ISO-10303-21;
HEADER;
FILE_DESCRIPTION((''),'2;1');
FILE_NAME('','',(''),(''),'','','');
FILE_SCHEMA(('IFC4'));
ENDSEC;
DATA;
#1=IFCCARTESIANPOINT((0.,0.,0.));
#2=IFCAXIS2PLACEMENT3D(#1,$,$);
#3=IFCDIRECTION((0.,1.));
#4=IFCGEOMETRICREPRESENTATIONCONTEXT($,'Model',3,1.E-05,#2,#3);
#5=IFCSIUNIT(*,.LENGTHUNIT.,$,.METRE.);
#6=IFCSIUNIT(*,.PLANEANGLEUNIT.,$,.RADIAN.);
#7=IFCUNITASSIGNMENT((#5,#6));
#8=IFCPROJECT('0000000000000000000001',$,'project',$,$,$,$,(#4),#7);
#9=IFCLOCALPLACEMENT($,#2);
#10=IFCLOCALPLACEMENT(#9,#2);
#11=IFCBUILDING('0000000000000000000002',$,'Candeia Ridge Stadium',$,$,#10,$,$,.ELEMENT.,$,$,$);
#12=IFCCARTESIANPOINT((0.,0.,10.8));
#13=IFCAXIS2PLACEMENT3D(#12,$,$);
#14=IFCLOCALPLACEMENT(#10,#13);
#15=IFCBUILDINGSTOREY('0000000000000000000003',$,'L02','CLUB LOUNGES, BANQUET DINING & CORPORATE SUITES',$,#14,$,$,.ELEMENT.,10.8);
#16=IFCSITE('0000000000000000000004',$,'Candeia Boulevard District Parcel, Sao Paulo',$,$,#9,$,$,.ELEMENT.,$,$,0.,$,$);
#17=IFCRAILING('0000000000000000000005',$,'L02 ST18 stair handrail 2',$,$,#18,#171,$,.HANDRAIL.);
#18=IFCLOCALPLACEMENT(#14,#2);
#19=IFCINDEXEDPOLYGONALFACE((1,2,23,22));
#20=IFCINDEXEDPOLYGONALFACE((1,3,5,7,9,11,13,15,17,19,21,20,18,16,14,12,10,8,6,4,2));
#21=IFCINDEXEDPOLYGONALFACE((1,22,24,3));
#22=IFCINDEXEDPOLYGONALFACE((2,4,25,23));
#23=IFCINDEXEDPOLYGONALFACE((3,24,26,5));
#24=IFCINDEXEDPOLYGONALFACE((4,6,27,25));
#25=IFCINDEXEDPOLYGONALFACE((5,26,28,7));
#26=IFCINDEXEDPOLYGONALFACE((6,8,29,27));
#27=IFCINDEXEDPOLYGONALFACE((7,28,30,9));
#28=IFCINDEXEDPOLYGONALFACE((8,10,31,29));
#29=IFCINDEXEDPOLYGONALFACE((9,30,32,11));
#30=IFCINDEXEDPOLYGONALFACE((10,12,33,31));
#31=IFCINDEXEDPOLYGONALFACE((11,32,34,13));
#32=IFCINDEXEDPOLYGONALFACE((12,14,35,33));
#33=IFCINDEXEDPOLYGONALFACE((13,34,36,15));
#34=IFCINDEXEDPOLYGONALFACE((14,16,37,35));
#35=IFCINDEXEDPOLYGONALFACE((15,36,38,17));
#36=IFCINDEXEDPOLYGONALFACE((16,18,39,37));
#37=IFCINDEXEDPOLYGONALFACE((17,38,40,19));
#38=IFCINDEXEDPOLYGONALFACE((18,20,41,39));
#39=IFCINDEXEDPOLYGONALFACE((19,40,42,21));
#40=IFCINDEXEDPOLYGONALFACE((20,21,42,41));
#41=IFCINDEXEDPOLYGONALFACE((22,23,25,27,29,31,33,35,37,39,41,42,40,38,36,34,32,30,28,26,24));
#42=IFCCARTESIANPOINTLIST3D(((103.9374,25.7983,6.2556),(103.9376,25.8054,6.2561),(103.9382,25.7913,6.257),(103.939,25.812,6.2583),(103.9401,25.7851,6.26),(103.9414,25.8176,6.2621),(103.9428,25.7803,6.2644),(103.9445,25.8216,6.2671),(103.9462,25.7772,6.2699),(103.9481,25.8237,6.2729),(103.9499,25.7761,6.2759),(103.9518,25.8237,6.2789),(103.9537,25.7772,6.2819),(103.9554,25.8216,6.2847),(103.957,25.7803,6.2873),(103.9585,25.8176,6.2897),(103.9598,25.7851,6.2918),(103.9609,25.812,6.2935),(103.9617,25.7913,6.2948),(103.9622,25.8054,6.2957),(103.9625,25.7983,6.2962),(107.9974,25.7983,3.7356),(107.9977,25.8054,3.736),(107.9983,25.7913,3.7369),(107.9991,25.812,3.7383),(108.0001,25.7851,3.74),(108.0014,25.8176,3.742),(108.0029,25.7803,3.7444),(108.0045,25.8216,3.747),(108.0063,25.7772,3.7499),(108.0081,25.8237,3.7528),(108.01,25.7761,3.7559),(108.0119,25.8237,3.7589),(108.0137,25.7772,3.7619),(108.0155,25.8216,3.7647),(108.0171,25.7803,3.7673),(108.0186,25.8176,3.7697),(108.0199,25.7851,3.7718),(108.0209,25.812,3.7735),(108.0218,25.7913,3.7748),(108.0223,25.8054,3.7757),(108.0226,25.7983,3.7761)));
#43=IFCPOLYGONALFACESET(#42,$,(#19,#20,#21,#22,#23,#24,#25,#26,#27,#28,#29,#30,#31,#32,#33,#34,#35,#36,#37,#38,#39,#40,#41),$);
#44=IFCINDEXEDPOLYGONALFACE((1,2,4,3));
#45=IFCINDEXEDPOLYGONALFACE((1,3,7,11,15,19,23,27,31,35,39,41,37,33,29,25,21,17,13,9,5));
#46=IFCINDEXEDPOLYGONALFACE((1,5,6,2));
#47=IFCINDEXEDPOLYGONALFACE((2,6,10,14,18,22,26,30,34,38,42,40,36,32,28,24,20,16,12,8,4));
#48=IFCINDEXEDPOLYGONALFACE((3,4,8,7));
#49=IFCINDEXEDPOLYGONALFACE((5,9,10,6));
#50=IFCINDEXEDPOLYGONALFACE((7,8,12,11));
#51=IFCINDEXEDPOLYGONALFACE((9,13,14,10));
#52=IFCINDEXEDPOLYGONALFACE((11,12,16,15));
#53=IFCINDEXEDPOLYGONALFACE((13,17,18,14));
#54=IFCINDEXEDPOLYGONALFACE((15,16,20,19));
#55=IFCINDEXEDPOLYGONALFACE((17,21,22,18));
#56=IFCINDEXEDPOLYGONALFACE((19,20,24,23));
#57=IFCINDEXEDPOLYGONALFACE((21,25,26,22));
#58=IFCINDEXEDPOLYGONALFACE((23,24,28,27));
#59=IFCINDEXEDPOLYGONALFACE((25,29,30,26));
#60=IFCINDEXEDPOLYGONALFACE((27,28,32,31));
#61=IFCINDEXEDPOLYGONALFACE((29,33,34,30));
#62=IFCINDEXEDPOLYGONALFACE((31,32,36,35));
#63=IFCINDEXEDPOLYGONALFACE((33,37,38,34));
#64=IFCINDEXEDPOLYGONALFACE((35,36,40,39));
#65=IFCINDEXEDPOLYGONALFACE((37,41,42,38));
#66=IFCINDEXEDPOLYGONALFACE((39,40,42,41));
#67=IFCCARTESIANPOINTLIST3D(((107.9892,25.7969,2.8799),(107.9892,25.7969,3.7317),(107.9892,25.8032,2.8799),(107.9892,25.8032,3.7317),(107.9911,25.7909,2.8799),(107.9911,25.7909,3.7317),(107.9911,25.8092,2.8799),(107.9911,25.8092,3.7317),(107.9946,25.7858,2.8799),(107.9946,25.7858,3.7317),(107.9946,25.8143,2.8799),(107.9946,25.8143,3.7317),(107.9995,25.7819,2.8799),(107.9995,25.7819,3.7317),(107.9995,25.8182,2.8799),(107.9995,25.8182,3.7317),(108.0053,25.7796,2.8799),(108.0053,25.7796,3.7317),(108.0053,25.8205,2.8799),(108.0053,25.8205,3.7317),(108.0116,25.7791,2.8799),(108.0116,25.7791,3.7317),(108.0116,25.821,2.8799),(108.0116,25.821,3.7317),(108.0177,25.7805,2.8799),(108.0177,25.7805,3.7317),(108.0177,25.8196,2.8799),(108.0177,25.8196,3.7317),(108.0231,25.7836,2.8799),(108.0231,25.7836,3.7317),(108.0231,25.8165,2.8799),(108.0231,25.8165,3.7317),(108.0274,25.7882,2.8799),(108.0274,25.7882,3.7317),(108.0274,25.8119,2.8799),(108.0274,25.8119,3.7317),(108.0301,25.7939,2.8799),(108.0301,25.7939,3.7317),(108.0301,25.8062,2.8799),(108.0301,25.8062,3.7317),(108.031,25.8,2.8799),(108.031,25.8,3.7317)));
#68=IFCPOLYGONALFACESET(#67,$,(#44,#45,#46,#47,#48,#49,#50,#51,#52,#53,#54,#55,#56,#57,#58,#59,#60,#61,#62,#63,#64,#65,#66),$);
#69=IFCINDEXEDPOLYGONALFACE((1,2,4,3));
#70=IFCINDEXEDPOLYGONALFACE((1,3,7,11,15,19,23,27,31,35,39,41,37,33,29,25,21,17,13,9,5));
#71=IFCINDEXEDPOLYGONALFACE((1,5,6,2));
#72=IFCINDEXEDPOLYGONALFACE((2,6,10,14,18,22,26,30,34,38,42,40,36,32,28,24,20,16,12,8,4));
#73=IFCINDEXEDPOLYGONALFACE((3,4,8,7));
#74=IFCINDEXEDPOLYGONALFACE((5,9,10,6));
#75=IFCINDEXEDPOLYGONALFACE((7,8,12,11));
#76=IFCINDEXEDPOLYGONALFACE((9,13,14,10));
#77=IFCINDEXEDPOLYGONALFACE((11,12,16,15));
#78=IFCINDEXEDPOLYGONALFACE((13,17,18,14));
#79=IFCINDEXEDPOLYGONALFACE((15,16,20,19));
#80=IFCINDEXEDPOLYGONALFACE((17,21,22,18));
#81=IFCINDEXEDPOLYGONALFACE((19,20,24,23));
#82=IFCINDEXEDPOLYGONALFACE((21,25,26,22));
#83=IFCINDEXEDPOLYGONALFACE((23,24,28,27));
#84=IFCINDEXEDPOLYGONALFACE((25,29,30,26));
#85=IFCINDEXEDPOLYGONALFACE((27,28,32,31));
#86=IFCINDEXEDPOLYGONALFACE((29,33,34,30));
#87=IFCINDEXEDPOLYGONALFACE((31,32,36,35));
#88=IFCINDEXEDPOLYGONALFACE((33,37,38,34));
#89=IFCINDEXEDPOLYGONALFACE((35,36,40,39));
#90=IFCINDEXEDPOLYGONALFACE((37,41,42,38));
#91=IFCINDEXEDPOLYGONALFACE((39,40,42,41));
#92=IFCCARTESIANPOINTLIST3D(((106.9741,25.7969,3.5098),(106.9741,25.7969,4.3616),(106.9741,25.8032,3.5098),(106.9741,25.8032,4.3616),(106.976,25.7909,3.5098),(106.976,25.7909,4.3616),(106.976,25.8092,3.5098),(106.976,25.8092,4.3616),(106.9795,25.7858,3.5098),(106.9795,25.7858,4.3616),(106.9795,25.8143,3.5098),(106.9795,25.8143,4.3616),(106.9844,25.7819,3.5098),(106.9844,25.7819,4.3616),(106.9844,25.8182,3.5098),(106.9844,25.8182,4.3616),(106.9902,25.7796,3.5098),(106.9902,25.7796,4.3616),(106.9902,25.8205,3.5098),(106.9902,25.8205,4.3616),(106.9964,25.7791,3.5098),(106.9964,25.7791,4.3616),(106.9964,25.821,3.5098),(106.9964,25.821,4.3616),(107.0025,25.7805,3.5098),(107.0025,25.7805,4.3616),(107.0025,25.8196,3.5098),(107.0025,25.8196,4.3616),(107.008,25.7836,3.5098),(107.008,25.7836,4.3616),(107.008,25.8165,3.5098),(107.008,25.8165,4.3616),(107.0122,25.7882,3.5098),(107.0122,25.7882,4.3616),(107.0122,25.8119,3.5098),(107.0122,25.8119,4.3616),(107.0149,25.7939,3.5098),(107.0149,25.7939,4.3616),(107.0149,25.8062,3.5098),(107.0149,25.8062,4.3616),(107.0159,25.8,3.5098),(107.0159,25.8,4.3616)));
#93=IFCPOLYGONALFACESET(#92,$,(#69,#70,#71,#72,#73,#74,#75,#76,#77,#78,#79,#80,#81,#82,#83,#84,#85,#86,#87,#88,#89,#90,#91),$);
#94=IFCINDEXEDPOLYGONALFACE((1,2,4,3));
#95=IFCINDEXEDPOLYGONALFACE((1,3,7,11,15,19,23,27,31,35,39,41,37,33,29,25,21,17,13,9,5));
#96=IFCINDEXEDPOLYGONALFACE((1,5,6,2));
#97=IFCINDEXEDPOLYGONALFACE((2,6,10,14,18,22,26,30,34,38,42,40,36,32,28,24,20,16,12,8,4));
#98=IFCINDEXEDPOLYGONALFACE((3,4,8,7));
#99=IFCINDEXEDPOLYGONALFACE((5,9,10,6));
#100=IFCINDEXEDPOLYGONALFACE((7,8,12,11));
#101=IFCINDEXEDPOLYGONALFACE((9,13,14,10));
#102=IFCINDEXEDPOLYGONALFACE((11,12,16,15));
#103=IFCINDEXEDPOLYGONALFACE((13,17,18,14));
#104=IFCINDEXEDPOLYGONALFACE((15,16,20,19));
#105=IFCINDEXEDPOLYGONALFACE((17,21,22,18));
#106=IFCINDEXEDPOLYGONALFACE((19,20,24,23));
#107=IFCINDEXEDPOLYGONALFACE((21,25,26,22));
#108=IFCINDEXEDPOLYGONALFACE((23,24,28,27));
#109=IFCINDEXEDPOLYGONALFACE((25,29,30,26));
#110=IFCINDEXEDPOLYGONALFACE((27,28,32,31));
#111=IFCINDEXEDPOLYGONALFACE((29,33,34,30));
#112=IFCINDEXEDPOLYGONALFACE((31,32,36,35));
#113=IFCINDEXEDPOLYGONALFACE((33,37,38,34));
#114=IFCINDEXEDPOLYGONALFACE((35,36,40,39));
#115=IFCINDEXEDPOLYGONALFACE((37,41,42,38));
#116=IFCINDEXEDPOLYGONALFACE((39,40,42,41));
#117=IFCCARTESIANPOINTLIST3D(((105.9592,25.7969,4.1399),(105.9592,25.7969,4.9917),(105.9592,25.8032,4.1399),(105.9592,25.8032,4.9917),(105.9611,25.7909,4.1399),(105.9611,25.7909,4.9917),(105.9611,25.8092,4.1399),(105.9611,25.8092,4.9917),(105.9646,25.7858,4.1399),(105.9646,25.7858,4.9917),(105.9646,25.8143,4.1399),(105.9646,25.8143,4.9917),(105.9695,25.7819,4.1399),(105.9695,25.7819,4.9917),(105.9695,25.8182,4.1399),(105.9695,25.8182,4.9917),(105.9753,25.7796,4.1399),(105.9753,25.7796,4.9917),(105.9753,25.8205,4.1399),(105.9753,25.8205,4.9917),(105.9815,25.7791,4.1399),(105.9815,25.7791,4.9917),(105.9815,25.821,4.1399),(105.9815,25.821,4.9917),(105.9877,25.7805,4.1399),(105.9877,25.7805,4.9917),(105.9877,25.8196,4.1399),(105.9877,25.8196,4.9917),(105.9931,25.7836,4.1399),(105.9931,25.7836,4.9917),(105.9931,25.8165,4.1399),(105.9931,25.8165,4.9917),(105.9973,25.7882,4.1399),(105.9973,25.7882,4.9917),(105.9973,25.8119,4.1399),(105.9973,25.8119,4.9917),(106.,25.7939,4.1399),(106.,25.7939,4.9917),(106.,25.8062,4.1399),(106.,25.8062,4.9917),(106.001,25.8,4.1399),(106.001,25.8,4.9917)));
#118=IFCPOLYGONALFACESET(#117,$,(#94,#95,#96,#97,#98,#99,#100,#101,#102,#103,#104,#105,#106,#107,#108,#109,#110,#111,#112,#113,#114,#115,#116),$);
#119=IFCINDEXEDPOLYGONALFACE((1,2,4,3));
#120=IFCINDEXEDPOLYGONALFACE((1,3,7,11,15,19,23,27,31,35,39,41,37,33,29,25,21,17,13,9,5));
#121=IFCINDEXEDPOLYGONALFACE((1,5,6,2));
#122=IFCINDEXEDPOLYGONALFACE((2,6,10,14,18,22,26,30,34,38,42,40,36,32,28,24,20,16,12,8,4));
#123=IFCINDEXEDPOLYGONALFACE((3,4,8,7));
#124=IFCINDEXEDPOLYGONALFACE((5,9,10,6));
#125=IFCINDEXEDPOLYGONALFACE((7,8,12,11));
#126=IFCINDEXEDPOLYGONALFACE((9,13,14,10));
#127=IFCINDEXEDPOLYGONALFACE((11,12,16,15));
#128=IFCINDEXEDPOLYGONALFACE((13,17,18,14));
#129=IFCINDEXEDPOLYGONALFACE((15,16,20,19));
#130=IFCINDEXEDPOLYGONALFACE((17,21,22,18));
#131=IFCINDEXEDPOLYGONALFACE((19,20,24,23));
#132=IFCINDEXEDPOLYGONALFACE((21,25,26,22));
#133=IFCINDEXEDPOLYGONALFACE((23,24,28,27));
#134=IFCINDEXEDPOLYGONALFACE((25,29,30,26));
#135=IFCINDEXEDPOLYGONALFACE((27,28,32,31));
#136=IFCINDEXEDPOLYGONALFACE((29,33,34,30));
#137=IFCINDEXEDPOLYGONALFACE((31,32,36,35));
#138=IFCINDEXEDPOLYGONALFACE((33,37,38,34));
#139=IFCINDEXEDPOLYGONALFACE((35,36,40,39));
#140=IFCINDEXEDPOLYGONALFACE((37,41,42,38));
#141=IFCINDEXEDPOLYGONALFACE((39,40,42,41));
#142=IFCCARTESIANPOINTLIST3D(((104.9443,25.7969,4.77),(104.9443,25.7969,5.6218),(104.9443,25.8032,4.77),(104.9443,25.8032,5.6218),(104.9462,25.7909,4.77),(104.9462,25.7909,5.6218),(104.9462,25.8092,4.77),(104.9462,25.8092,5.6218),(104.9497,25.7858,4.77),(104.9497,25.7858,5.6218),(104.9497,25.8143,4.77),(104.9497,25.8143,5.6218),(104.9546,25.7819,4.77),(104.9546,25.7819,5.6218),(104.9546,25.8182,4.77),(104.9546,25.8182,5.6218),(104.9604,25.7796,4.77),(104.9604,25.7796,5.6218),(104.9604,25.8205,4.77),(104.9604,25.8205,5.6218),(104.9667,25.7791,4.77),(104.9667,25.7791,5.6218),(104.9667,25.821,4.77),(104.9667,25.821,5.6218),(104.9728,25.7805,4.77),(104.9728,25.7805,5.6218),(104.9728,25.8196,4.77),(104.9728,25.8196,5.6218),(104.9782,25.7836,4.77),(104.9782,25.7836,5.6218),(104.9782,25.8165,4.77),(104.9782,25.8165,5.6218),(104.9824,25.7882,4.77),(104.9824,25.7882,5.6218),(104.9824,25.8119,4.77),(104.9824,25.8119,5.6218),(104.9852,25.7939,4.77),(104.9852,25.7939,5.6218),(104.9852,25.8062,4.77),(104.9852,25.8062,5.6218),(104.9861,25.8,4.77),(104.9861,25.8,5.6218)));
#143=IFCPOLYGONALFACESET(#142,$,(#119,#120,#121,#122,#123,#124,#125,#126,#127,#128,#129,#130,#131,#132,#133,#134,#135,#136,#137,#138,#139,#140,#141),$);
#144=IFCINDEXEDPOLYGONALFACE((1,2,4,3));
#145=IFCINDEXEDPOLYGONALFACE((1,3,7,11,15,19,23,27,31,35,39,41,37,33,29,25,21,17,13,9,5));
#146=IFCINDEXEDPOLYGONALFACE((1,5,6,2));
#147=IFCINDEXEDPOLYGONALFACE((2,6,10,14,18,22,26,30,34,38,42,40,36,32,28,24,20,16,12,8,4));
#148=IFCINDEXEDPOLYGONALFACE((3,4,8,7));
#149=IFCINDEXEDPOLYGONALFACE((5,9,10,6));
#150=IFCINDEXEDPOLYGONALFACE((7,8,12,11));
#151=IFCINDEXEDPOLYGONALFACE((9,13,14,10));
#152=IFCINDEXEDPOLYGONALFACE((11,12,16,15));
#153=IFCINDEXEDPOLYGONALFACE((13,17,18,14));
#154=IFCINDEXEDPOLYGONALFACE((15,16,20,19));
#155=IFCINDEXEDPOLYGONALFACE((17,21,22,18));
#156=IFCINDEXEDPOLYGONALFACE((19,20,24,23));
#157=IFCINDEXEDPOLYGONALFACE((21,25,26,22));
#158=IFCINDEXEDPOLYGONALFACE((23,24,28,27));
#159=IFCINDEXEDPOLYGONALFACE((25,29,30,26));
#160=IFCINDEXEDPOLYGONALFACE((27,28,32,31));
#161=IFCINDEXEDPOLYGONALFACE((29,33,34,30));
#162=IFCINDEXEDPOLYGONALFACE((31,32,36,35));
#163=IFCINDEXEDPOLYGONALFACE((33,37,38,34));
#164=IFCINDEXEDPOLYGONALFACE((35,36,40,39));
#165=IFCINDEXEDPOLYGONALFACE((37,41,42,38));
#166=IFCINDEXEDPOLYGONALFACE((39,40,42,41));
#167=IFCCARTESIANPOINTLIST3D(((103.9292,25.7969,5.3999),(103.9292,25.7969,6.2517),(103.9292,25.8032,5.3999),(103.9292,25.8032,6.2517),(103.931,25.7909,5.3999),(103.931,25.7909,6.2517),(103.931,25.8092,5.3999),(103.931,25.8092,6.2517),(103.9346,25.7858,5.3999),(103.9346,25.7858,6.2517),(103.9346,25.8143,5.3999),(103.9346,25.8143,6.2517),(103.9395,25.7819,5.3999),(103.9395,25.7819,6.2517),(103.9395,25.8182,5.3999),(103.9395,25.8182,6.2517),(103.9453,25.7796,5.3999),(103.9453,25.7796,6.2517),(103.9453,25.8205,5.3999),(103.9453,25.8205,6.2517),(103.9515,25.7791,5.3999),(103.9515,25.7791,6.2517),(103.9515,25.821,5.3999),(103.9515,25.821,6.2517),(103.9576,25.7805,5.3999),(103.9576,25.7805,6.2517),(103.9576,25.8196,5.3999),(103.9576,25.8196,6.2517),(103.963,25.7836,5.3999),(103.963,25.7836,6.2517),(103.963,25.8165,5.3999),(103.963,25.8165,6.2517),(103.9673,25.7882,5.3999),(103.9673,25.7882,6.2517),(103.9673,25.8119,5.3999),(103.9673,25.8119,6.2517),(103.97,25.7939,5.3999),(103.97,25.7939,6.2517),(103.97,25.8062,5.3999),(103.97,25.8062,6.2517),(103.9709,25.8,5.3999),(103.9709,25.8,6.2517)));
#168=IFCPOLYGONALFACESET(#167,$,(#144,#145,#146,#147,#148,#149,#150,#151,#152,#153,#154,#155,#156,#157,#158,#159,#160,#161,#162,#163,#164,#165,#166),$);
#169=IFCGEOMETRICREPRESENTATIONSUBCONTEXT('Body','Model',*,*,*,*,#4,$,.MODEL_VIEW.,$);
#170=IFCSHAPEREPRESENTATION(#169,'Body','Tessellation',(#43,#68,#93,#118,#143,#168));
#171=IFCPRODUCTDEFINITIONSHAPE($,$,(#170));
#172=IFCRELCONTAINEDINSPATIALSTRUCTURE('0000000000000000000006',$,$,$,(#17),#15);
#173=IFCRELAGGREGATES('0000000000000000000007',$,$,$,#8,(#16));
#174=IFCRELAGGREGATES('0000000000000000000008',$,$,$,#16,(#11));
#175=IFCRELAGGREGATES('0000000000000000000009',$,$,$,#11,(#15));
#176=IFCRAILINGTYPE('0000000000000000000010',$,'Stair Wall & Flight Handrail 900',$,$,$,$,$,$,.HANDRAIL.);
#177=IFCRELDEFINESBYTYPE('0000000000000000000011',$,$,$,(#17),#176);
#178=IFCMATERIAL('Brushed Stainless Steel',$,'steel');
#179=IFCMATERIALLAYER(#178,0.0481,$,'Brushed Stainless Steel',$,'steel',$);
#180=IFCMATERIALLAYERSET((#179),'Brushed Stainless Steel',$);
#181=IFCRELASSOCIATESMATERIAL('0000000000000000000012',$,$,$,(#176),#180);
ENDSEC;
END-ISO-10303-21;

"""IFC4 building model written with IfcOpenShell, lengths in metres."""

from ifc_helpers import new_model, si_unit, direction, frame, origin, origin_2d, place, context, subcontext, project, spatial, circle, extrude, material, layer, layer_set, type_object, element, save


model = new_model("IFC4")

# Units and contexts
model_context = context("Model", 3, precision=1e-05, world=origin(), true_north=direction((0.0, 1.0)))
body_context = subcontext(model_context, "Body", "Model", "MODEL_VIEW")
ifc_project = project(units=[si_unit("LENGTHUNIT", "METRE"), si_unit("PLANEANGLEUNIT", "RADIAN")], contexts=[model_context])

# Site, building, storey
site_placement = place(None, origin())
site = spatial("IfcSite", under=ifc_project, at=site_placement, Name="Candeia Boulevard District Parcel, Sao Paulo", CompositionType="ELEMENT", RefElevation=0.0)
building_placement = place(site_placement, origin())
building = spatial("IfcBuilding", under=site, at=building_placement, Name="Candeia Ridge Stadium", CompositionType="ELEMENT")
storey_placement = place(building_placement, frame((0.0, 0.0, 10.8)))
storey = spatial("IfcBuildingStorey", under=building, at=storey_placement, Name="L02", Description="CLUB LOUNGES, BANQUET DINING & CORPORATE SUITES", CompositionType="ELEMENT", Elevation=10.8)

# Railing
ifc_material_1 = material(Name="Brushed Stainless Steel", Category="steel")
ifc_layer_1 = layer(ifc_material_1, 0.0481, Name="Brushed Stainless Steel", Category="steel")
ifc_layer_set_1 = layer_set([ifc_layer_1], Name="Brushed Stainless Steel")
railing_type_1 = type_object("IfcRailingType", Name="Stair Wall & Flight Handrail 900", PredefinedType="HANDRAIL", material=ifc_layer_set_1)
railing_1_placement = place(storey_placement, frame((108.01, 25.8, 2.8799)))
element("IfcRailing", 1, at=railing_1_placement, inside=storey, type_object=railing_type_1, Name="L02 ST18 stair handrail 2", PredefinedType="HANDRAIL", context=body_context, shape_type="SweptSolid", body=[
    extrude(circle(Radius=0.0239, at=origin_2d()), frame((0.0, 0.0, 0.876), z_axis=(-0.849642, 0.0, 0.52736), x_axis=(0.0, -1.0, 0.0)), (0.0, 0.0, 1.0), 4.7786),
    extrude(circle(Radius=0.021, at=origin_2d()), origin(), (0.0, 0.0, 1.0), 0.8518),
    extrude(circle(Radius=0.021, at=origin_2d()), frame((-1.0151, 0.0, 0.6299)), (0.0, 0.0, 1.0), 0.8518),
    extrude(circle(Radius=0.021, at=origin_2d()), frame((-2.03, 0.0, 1.26)), (0.0, 0.0, 1.0), 0.8518),
    extrude(circle(Radius=0.021, at=origin_2d()), frame((-3.0449, 0.0, 1.8901)), (0.0, 0.0, 1.0), 0.8518),
    extrude(circle(Radius=0.021, at=origin_2d()), frame((-4.0601, 0.0, 2.52)), (0.0, 0.0, 1.0), 0.8518),
])

save(model, "model.ifc")
